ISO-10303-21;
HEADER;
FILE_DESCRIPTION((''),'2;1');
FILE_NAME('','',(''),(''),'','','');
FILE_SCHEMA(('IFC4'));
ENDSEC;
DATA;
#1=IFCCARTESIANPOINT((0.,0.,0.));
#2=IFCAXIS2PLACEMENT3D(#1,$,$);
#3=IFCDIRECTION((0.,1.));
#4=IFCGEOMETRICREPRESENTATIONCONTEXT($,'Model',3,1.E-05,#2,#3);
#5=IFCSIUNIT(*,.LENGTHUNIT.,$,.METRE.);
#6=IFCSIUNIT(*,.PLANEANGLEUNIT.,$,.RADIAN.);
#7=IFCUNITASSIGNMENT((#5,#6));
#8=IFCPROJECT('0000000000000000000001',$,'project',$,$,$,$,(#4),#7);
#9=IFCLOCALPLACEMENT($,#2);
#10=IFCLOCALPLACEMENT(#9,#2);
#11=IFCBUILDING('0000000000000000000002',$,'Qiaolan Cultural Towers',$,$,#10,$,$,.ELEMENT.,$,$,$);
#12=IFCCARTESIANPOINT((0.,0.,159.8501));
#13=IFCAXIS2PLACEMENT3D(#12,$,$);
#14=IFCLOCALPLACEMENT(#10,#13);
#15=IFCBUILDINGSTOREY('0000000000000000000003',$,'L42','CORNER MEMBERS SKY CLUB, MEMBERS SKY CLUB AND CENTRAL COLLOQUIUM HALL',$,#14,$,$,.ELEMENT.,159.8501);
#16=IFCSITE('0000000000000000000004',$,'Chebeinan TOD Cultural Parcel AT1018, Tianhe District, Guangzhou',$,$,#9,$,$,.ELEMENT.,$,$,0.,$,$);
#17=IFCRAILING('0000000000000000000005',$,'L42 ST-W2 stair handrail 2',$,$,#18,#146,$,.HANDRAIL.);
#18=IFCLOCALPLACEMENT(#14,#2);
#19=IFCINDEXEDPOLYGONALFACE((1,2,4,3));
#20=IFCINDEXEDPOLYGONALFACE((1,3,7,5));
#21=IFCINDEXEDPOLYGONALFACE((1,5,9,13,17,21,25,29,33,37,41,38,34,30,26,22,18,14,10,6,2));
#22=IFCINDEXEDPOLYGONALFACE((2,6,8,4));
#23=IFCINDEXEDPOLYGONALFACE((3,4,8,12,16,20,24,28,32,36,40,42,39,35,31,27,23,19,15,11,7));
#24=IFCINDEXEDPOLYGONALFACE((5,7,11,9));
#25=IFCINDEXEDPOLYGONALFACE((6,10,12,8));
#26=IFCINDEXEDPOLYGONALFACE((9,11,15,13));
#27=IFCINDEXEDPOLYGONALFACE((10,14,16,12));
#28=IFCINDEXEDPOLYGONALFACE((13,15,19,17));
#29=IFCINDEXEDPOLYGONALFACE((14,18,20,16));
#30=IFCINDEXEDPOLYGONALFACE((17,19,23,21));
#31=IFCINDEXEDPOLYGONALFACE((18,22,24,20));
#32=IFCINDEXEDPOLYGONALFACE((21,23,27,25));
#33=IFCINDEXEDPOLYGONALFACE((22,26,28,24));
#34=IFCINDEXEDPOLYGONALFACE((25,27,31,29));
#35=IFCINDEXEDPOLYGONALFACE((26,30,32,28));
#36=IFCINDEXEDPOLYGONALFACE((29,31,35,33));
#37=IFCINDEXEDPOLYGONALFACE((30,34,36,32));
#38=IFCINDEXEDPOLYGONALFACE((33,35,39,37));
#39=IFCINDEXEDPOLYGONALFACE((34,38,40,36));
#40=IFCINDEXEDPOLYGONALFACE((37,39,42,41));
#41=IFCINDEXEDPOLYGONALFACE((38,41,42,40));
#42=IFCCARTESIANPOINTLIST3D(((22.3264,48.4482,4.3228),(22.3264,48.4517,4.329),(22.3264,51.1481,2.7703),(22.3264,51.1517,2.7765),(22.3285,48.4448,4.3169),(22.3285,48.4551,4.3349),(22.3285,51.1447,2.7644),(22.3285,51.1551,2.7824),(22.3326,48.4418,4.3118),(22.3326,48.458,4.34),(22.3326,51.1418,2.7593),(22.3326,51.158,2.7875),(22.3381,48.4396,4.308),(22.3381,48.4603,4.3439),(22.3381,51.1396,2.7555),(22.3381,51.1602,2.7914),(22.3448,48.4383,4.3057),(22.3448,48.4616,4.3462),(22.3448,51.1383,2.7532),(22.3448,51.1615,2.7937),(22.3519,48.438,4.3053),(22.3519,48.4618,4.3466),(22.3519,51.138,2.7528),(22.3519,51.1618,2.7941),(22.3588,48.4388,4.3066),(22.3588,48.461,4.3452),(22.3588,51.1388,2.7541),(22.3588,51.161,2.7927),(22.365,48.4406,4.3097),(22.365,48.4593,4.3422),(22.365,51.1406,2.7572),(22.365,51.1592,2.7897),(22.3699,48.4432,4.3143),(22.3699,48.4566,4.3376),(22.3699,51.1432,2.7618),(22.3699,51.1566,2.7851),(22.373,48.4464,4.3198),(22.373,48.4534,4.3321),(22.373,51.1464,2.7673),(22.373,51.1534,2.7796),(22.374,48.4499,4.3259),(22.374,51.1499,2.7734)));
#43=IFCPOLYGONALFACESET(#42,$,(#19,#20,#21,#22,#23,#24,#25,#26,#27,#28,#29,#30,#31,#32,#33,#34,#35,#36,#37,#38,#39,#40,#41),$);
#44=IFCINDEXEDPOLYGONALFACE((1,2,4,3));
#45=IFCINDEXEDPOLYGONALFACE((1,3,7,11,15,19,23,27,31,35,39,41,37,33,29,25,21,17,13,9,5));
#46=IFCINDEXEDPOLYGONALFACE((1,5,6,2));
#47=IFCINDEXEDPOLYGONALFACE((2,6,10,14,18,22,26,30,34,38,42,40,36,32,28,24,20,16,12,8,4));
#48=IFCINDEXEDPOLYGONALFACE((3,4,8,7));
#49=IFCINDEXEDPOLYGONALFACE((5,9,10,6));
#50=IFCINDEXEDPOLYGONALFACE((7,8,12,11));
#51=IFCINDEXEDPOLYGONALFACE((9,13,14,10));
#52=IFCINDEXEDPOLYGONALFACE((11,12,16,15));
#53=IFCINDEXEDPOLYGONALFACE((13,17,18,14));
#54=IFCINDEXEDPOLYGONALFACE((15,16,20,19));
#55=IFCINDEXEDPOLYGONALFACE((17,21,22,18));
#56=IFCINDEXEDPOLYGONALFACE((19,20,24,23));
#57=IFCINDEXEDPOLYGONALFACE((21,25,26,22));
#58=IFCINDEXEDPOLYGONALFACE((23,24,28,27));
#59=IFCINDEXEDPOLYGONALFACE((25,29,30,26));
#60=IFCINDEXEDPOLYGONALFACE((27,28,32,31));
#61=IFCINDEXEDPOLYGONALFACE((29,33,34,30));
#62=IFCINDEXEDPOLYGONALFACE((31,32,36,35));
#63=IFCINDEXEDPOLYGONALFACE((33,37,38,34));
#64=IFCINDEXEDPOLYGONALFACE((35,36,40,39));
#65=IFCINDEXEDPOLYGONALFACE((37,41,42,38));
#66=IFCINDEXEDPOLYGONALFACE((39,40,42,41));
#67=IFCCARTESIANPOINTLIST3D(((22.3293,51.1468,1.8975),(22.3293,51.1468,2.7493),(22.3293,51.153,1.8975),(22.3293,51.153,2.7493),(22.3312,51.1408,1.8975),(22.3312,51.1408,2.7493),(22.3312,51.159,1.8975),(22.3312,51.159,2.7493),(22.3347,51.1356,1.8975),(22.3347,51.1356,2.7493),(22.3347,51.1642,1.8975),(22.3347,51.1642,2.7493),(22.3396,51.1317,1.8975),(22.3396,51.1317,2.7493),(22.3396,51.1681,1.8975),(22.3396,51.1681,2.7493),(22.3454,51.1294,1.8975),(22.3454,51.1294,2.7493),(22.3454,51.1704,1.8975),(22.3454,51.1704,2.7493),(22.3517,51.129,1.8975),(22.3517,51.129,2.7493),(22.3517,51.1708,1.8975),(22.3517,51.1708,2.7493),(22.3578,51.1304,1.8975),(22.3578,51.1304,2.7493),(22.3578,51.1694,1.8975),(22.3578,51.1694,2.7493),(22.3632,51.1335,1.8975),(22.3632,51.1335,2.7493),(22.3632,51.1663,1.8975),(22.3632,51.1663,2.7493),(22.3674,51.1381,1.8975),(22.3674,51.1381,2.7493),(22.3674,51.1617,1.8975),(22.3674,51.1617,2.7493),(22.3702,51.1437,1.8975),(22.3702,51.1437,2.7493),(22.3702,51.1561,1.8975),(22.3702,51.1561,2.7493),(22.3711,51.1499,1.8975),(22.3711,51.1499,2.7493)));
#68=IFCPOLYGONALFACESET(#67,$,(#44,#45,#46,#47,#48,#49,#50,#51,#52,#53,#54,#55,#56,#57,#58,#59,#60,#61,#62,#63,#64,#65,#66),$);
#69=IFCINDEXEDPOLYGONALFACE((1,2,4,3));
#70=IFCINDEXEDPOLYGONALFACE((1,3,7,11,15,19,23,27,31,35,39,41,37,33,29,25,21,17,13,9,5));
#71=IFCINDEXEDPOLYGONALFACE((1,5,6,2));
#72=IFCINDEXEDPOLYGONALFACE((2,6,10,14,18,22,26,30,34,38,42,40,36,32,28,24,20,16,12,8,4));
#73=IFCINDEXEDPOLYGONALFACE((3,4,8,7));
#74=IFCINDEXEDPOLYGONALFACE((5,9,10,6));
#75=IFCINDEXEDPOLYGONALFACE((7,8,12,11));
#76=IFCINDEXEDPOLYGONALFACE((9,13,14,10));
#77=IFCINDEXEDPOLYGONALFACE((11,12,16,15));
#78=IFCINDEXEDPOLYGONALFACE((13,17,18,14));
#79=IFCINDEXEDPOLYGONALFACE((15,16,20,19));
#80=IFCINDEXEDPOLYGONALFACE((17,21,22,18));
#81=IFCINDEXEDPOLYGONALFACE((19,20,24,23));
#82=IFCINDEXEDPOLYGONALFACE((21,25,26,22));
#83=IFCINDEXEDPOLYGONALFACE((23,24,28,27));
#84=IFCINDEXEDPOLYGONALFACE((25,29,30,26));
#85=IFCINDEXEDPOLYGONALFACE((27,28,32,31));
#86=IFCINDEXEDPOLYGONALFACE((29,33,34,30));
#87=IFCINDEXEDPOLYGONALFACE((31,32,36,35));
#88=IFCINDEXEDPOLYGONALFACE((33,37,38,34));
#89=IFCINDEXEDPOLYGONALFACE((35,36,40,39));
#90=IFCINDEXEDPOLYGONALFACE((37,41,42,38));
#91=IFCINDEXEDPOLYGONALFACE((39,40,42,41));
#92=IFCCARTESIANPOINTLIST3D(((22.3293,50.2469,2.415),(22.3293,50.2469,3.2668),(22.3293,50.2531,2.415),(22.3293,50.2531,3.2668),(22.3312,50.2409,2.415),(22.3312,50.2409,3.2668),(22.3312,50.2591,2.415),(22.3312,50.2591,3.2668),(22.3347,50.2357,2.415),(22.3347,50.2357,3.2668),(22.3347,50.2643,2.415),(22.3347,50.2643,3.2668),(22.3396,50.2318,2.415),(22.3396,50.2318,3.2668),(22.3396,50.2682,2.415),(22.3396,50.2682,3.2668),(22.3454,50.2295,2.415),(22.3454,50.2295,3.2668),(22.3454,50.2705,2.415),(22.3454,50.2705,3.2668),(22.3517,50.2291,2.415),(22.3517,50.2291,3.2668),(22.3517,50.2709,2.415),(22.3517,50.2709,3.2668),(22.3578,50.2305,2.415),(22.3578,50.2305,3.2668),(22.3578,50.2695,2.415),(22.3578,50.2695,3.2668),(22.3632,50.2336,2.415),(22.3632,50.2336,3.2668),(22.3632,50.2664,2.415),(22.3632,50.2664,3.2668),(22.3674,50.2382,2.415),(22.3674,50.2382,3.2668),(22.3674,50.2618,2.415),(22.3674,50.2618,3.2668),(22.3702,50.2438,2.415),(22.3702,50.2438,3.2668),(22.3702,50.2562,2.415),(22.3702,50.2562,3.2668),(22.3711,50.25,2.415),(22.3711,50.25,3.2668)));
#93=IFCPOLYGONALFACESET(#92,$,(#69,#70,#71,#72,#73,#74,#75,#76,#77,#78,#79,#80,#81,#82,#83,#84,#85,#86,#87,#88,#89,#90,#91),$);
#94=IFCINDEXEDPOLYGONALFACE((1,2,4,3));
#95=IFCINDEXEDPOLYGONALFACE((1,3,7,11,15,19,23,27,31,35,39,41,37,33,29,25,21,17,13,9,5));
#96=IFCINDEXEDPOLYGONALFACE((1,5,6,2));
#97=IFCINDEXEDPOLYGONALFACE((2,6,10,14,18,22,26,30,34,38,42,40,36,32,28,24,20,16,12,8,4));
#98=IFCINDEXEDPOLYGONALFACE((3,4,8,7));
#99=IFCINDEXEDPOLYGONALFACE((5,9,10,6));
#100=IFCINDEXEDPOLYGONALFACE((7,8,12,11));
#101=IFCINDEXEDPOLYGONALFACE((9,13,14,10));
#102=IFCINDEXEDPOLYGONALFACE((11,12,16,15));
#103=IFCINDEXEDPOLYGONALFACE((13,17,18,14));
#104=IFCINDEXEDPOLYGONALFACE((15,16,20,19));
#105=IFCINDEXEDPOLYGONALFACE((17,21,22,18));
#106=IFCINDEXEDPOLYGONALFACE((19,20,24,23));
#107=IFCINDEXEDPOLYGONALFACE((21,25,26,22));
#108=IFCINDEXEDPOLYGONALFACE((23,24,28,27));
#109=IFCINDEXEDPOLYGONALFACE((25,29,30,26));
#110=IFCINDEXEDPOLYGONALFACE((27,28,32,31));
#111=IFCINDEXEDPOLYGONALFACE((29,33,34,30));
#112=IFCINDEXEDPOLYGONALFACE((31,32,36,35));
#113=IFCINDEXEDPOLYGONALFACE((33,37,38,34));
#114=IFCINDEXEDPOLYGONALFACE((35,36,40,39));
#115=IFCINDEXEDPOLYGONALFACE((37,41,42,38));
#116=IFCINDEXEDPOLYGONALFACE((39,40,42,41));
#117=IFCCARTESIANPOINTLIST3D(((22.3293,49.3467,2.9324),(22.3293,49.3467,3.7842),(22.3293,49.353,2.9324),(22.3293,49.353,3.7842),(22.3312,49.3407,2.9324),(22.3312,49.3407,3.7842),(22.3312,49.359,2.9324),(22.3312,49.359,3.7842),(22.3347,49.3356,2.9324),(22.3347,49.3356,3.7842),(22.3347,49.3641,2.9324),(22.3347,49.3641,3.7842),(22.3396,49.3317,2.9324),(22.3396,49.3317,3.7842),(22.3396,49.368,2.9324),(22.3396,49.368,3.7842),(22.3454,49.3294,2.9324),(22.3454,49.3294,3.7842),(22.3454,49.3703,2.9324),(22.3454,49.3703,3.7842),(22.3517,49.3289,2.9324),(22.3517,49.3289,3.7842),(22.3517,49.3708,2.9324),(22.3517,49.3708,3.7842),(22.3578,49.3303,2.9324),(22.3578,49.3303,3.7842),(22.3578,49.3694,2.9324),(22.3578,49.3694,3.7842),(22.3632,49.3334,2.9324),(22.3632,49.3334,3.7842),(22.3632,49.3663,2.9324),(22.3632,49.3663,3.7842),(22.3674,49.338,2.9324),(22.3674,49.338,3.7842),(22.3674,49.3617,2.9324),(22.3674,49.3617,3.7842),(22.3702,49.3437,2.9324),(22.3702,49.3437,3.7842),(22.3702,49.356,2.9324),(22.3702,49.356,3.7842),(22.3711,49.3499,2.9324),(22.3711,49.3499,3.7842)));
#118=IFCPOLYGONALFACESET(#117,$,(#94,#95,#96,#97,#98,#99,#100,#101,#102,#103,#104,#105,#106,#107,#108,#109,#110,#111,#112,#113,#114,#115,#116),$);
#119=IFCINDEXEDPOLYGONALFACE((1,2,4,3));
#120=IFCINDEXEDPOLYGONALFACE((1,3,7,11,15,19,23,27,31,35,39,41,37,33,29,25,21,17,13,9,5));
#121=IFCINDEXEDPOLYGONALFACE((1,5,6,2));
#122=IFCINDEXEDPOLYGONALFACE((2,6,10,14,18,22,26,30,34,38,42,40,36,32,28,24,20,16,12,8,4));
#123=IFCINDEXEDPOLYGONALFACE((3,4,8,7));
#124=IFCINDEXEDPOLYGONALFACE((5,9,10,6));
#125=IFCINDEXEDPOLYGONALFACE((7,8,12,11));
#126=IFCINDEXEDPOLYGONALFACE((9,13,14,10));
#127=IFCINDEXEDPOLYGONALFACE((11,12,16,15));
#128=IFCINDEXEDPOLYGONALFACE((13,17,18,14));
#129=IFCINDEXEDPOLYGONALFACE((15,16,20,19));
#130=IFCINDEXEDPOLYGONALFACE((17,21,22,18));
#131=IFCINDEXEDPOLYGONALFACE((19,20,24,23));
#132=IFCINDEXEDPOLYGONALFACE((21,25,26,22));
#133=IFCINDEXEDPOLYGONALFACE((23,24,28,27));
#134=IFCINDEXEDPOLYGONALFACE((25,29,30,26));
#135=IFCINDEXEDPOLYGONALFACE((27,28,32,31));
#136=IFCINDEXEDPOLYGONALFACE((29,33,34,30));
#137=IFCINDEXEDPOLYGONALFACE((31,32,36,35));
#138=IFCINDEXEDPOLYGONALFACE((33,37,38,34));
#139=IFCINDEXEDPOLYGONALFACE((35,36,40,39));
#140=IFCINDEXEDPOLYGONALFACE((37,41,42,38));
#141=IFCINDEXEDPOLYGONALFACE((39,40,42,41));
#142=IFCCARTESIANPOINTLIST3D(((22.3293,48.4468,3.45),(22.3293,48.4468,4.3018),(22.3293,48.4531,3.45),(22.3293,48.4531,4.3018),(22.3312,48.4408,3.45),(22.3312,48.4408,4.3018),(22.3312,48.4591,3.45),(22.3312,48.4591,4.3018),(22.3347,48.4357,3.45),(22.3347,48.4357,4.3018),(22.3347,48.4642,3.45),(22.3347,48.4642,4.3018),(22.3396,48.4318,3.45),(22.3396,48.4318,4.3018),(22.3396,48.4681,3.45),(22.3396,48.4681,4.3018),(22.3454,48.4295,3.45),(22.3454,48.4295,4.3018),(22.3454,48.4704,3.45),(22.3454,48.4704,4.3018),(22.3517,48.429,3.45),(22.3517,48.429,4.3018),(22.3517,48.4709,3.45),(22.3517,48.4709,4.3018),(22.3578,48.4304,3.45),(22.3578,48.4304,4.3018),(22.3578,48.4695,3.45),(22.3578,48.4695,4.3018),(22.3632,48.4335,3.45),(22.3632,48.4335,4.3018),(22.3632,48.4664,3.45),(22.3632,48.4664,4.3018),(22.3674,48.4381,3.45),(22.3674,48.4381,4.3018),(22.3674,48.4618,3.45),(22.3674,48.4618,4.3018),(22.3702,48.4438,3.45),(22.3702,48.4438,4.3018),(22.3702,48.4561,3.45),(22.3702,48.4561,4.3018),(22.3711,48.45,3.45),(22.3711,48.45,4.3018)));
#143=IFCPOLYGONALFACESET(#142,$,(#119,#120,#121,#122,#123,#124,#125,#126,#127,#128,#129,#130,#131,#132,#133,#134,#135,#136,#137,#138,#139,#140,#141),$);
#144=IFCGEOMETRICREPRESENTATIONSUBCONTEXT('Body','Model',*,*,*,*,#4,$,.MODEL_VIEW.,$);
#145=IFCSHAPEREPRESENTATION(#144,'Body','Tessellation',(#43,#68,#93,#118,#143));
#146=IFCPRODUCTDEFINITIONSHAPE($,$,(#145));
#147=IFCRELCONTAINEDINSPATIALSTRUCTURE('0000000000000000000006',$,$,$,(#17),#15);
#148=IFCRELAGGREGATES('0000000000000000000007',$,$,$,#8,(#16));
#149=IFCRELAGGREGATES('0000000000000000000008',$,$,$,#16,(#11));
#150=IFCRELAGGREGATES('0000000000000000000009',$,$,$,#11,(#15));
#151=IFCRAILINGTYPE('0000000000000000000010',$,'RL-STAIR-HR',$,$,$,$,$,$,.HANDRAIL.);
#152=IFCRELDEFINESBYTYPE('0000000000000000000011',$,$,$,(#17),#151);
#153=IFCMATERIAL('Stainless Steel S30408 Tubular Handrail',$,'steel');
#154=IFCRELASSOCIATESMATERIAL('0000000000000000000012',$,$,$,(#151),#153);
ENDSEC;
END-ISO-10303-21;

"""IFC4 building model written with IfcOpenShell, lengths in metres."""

from ifc_helpers import new_model, si_unit, direction, frame, origin, origin_2d, place, context, subcontext, project, spatial, circle, extrude, material, type_object, element, save


model = new_model("IFC4")

# Units and contexts
model_context = context("Model", 3, precision=1e-05, world=origin(), true_north=direction((0.0, 1.0)))
body_context = subcontext(model_context, "Body", "Model", "MODEL_VIEW")
ifc_project = project(units=[si_unit("LENGTHUNIT", "METRE"), si_unit("PLANEANGLEUNIT", "RADIAN")], contexts=[model_context])

# Site, building, storey
site_placement = place(None, origin())
site = spatial("IfcSite", under=ifc_project, at=site_placement, Name="Chebeinan TOD Cultural Parcel AT1018, Tianhe District, Guangzhou", CompositionType="ELEMENT", RefElevation=0.0)
building_placement = place(site_placement, origin())
building = spatial("IfcBuilding", under=site, at=building_placement, Name="Qiaolan Cultural Towers", CompositionType="ELEMENT")
storey_placement = place(building_placement, frame((0.0, 0.0, 159.8501)))
storey = spatial("IfcBuildingStorey", under=building, at=storey_placement, Name="L42", Description="CORNER MEMBERS SKY CLUB, MEMBERS SKY CLUB AND CENTRAL COLLOQUIUM HALL", CompositionType="ELEMENT", Elevation=159.8501)

# Railing
ifc_material_1 = material(Name="Stainless Steel S30408 Tubular Handrail", Category="steel")
railing_type_1 = type_object("IfcRailingType", Name="RL-STAIR-HR", PredefinedType="HANDRAIL", material=ifc_material_1)
railing_1_placement = place(storey_placement, frame((22.3501, 51.1499, 1.8975)))
element("IfcRailing", 1, at=railing_1_placement, inside=storey, type_object=railing_type_1, Name="L42 ST-W2 stair handrail 2", PredefinedType="HANDRAIL", context=body_context, shape_type="SweptSolid", body=[
    extrude(circle(Radius=0.0239, at=origin_2d()), frame((0.0, 0.0, 0.876), z_axis=(0.0, -0.866904, 0.498476), x_axis=(1.0, 0.0, 0.0)), (0.0, 0.0, 1.0), 3.1145),
    extrude(circle(Radius=0.021, at=origin_2d()), origin(), (0.0, 0.0, 1.0), 0.8518),
    extrude(circle(Radius=0.021, at=origin_2d()), frame((0.0, -0.8999, 0.5176)), (0.0, 0.0, 1.0), 0.8518),
    extrude(circle(Radius=0.021, at=origin_2d()), frame((0.0, -1.8, 1.0349)), (0.0, 0.0, 1.0), 0.8518),
    extrude(circle(Radius=0.021, at=origin_2d()), frame((0.0, -2.7, 1.5525)), (0.0, 0.0, 1.0), 0.8518),
])

save(model, "model.ifc")
